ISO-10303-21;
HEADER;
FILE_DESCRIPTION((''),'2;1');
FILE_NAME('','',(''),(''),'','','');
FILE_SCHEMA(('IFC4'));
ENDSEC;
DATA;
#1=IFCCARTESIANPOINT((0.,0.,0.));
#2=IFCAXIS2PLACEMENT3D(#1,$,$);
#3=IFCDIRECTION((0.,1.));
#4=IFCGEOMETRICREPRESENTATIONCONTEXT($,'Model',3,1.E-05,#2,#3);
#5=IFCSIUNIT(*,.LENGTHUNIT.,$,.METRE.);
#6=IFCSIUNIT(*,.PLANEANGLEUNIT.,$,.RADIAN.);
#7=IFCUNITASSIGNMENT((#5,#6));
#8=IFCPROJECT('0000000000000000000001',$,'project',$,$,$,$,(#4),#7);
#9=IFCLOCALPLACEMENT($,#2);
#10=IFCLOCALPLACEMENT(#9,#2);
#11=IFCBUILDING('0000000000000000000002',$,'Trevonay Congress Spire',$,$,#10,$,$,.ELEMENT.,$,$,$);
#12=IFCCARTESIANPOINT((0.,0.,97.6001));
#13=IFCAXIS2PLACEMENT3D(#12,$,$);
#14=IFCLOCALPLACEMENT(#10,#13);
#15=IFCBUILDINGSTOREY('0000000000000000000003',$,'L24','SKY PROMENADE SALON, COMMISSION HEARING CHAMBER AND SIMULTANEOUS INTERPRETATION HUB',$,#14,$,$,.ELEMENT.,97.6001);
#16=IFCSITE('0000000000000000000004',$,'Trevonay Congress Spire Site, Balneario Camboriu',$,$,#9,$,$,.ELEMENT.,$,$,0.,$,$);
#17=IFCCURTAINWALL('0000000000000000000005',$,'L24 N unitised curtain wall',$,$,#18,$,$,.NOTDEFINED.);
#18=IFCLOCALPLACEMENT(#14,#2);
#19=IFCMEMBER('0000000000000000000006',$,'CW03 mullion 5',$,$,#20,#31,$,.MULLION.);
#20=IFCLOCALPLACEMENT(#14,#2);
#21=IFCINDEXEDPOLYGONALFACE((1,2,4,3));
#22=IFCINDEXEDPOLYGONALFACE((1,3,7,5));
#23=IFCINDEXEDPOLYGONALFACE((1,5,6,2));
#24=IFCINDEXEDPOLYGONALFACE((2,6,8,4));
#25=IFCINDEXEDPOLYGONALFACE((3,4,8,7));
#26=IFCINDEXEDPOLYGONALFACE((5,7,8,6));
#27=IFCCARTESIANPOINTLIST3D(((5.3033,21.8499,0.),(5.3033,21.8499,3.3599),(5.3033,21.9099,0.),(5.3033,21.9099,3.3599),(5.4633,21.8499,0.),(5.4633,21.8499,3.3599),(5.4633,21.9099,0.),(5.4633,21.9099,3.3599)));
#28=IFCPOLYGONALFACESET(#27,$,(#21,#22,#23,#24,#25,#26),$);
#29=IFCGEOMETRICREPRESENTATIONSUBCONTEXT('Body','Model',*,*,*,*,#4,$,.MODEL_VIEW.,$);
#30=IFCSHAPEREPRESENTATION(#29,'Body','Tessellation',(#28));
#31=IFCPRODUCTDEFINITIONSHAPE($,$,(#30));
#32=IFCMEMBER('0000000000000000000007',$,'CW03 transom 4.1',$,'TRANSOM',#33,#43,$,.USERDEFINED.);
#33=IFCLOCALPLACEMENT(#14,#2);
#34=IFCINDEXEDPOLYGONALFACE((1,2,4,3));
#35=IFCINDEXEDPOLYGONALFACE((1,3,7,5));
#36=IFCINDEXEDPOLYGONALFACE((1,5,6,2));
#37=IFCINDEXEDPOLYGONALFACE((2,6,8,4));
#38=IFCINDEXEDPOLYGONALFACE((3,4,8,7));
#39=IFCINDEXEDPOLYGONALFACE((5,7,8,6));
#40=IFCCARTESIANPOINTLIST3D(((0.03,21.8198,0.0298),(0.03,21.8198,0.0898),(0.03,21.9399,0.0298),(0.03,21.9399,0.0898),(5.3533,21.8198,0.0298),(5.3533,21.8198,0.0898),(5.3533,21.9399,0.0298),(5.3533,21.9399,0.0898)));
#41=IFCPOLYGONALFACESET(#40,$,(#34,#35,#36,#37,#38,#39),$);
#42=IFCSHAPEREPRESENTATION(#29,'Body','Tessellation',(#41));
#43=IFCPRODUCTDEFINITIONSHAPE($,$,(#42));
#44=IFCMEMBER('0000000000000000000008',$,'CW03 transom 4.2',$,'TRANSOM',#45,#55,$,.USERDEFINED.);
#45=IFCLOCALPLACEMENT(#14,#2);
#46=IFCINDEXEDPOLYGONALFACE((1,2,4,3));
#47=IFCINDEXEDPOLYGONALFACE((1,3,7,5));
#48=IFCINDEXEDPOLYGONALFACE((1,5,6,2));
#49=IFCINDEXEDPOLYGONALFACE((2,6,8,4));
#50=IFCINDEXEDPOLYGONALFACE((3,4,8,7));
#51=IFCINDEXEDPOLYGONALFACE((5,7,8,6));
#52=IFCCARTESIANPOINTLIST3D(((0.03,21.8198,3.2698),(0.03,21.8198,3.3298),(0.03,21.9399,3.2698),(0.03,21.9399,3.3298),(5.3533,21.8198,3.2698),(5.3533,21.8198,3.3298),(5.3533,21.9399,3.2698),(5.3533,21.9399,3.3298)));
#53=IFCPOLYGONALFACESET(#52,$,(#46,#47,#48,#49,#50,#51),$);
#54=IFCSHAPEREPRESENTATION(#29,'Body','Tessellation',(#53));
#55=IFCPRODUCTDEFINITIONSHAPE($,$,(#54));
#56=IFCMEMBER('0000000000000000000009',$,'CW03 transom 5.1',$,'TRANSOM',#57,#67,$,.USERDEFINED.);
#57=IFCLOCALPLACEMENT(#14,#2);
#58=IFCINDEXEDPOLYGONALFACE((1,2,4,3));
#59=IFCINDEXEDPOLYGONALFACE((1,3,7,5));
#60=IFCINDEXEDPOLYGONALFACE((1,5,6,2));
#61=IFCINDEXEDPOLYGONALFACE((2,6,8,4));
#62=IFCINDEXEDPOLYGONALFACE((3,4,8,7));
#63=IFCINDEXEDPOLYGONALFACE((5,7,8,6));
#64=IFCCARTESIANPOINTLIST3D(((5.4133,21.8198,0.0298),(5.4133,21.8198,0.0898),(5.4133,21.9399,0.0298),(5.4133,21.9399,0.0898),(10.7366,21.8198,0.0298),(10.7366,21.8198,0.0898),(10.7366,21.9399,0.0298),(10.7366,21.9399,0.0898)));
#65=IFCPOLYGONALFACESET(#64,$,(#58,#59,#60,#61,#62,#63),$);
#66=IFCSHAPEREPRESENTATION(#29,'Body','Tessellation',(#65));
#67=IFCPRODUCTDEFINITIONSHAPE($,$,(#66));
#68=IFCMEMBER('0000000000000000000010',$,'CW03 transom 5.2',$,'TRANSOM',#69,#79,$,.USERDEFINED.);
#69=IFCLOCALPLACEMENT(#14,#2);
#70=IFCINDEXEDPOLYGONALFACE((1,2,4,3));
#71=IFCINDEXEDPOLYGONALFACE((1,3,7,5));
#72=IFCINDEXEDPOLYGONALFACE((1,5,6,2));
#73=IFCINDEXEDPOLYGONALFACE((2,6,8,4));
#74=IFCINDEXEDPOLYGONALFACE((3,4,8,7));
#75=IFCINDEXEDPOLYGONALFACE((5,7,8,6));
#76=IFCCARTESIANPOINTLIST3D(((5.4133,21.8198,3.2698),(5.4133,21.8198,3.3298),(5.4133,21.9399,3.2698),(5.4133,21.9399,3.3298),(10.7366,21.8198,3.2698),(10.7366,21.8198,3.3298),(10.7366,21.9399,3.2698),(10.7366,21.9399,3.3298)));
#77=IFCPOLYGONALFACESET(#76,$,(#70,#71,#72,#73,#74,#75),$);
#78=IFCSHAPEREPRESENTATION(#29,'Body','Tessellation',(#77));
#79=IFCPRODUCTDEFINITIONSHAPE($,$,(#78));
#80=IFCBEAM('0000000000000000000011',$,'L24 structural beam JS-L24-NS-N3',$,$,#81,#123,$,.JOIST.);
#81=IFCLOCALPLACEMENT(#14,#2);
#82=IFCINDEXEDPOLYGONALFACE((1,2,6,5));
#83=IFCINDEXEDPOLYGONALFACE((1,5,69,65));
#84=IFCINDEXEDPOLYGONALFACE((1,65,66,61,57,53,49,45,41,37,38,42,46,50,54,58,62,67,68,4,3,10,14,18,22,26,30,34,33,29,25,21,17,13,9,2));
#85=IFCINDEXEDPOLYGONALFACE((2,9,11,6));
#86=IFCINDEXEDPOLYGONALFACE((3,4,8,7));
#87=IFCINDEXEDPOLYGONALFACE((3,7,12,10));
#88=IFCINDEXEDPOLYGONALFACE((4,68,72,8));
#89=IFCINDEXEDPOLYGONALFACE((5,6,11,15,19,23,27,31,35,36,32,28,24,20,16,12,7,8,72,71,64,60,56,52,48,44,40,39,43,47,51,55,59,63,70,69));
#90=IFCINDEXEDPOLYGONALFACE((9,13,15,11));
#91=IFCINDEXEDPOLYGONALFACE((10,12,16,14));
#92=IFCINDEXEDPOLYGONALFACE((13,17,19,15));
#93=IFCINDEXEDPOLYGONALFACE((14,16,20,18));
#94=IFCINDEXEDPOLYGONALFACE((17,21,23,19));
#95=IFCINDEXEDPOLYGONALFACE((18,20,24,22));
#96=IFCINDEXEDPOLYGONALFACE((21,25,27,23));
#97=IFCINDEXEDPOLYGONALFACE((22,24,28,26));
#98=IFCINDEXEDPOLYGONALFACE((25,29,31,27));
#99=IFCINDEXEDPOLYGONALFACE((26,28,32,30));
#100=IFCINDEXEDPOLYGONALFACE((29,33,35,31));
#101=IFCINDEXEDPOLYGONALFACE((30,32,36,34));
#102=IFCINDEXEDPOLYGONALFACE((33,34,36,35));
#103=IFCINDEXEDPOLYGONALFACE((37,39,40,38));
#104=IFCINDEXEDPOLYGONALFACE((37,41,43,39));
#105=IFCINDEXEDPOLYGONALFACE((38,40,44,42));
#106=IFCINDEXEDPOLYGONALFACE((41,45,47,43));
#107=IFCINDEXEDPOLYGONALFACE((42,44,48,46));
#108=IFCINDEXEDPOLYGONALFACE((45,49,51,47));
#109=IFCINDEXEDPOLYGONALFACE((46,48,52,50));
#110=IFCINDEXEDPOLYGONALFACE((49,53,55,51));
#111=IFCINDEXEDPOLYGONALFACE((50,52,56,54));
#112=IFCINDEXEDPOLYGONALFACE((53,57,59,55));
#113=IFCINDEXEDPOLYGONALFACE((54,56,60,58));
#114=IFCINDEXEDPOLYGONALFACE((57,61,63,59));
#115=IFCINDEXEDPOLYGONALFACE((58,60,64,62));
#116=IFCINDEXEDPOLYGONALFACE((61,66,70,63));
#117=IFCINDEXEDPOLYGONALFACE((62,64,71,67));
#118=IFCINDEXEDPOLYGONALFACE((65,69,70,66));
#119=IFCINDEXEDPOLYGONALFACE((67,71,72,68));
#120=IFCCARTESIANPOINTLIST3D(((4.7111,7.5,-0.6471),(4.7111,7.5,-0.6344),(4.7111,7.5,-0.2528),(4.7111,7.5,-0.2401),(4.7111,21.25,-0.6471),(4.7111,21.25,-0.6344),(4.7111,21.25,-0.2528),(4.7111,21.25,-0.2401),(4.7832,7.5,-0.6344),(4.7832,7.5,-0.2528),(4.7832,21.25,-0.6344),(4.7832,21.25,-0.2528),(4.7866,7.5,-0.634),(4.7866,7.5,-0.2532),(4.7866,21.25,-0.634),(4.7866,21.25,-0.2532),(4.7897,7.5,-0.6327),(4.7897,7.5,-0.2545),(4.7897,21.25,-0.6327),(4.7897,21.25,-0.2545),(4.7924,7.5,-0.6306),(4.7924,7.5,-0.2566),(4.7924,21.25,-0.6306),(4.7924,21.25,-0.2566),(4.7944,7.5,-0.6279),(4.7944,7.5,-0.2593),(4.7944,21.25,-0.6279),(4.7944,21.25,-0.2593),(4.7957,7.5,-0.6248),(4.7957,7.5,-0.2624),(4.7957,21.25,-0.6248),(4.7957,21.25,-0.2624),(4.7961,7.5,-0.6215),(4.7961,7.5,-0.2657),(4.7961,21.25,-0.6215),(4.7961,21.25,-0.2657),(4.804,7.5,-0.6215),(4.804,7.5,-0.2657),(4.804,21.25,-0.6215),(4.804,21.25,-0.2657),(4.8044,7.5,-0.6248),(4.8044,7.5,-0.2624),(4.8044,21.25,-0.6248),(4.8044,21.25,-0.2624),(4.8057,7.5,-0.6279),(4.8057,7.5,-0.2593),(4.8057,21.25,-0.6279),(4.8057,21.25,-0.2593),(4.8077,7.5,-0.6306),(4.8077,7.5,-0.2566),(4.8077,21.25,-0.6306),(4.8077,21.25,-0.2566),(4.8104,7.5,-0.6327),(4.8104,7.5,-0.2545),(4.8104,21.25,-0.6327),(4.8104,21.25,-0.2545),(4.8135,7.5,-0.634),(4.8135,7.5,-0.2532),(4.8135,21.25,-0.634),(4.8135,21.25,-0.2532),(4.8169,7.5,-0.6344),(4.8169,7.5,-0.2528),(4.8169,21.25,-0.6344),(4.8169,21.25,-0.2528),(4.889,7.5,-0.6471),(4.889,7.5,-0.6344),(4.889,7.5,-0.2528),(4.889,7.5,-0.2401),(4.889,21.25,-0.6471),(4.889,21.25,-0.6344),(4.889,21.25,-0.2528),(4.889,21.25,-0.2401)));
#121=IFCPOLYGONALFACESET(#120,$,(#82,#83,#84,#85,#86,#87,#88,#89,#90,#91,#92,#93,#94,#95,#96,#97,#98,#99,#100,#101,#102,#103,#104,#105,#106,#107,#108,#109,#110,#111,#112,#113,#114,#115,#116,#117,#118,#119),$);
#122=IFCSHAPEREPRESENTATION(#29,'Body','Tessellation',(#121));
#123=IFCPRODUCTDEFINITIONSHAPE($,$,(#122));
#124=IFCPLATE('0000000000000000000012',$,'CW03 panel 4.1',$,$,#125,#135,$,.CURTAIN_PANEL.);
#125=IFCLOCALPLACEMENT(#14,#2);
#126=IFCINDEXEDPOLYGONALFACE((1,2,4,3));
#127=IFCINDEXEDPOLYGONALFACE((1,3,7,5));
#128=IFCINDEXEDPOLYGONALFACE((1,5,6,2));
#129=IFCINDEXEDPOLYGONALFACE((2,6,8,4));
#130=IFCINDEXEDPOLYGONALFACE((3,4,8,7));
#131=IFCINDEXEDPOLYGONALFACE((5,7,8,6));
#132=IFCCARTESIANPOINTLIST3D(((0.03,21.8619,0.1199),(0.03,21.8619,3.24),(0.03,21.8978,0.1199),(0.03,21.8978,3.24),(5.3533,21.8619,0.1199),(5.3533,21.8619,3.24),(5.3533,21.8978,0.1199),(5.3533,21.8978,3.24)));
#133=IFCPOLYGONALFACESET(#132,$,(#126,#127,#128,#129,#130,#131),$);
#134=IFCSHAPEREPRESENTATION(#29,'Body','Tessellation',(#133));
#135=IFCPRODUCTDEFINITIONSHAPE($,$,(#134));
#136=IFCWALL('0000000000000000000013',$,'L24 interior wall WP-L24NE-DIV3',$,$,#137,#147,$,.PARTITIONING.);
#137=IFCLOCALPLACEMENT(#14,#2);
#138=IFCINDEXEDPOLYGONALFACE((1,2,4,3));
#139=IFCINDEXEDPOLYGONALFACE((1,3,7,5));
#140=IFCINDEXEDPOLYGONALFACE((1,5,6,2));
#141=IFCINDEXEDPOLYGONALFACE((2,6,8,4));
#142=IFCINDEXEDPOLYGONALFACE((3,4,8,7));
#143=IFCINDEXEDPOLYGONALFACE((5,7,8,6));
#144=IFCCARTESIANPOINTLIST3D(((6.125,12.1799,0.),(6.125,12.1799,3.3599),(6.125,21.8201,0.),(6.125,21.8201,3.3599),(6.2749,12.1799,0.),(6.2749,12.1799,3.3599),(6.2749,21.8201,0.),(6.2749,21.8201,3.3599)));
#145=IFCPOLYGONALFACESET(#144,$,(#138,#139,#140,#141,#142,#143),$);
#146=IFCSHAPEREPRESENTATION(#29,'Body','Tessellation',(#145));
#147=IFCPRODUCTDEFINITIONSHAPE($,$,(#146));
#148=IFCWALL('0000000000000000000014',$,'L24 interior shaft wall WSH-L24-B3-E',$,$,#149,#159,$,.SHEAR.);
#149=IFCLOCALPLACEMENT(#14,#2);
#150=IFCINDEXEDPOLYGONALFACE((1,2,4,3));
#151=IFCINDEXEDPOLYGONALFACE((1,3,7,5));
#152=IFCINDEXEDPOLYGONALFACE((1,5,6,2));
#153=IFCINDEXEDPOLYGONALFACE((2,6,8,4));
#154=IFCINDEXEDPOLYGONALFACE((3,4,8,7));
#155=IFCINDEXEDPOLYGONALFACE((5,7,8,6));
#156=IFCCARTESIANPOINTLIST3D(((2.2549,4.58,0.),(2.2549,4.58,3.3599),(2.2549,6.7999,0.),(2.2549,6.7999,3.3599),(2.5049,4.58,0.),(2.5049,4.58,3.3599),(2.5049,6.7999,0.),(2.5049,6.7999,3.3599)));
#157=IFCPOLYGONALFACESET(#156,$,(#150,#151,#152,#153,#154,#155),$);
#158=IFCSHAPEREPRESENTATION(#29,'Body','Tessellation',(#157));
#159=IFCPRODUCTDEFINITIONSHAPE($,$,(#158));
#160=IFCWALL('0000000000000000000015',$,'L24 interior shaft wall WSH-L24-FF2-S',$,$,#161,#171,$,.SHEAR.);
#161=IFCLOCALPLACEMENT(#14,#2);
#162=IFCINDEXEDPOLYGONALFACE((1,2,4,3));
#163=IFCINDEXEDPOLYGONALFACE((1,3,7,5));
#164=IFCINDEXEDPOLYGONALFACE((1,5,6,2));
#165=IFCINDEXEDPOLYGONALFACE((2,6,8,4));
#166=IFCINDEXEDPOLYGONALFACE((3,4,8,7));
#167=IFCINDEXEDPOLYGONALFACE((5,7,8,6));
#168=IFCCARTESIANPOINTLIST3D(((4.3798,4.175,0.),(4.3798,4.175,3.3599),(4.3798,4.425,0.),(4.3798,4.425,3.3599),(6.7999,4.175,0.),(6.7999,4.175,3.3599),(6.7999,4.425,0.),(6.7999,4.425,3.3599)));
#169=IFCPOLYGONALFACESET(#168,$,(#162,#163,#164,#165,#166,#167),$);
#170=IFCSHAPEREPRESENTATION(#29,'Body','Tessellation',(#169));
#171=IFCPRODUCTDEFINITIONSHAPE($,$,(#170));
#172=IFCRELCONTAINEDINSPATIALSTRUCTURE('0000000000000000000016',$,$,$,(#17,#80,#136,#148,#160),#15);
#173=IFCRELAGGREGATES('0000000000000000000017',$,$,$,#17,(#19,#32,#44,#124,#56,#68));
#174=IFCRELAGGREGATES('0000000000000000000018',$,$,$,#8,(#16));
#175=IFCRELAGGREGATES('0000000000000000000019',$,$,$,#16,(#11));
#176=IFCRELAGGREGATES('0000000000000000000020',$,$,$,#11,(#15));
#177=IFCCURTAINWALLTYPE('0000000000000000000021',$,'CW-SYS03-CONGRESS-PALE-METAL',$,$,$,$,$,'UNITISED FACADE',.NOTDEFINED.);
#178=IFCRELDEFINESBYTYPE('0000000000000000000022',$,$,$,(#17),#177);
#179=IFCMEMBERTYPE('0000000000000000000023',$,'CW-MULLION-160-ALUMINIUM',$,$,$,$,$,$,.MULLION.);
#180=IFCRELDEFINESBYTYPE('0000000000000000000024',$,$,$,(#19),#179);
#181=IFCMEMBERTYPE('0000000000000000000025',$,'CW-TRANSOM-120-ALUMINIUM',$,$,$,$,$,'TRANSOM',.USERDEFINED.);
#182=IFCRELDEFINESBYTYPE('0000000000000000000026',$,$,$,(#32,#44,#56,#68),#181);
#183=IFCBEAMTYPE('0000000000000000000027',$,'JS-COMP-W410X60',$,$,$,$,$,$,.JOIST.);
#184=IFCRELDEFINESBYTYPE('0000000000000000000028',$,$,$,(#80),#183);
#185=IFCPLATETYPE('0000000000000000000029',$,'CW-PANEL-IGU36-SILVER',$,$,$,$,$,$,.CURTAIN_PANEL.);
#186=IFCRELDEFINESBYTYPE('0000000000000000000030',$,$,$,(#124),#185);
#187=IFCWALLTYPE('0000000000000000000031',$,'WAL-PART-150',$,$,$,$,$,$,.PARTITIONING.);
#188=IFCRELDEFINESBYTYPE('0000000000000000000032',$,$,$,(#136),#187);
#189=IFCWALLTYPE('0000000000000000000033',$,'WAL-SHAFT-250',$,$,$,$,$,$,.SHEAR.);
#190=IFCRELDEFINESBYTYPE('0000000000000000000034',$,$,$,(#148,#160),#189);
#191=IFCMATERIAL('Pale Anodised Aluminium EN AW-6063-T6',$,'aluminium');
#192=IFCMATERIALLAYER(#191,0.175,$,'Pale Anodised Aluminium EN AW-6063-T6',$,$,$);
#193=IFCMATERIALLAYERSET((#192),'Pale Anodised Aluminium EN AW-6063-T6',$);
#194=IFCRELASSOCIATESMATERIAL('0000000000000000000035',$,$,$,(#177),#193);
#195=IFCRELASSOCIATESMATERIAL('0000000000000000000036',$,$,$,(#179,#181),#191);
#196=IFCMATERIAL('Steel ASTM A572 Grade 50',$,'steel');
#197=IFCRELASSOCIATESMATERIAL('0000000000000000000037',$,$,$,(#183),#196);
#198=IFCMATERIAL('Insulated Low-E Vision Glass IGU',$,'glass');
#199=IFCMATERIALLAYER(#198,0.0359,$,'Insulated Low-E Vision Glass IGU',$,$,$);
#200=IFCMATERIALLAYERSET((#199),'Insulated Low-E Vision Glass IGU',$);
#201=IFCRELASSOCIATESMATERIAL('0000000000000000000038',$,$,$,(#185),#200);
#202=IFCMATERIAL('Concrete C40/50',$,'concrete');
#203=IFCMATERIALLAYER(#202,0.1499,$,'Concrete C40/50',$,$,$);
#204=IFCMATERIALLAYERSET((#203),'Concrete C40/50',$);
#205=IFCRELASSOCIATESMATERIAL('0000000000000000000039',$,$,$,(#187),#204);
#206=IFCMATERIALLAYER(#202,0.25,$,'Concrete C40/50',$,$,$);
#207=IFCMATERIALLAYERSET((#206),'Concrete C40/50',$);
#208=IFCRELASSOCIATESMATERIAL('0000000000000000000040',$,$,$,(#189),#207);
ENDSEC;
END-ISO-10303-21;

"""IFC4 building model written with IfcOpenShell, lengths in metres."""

from ifc_helpers import new_model, si_unit, direction, frame, frame_2d, origin, origin_2d, place, context, subcontext, project, spatial, rectangle, i_section, extrude, material, layer, layer_set, material_profile, profile_set, type_object, element, aggregate, save


model = new_model("IFC4")

# Units and contexts
model_context = context("Model", 3, precision=1e-05, world=origin(), true_north=direction((0.0, 1.0)))
body_context = subcontext(model_context, "Body", "Model", "MODEL_VIEW")
ifc_project = project(units=[si_unit("LENGTHUNIT", "METRE"), si_unit("PLANEANGLEUNIT", "RADIAN")], contexts=[model_context])

# Site, building, storey
site_placement = place(None, origin())
site = spatial("IfcSite", under=ifc_project, at=site_placement, Name="Trevonay Congress Spire Site, Balneario Camboriu", CompositionType="ELEMENT", RefElevation=0.0)
building_placement = place(site_placement, origin())
building = spatial("IfcBuilding", under=site, at=building_placement, Name="Trevonay Congress Spire", CompositionType="ELEMENT")
storey_placement = place(building_placement, frame((0.0, 0.0, 97.6001)))
storey = spatial("IfcBuildingStorey", under=building, at=storey_placement, Name="L24", Description="SKY PROMENADE SALON, COMMISSION HEARING CHAMBER AND SIMULTANEOUS INTERPRETATION HUB", CompositionType="ELEMENT", Elevation=97.6001)

# Shared definitions
ifc_material_1 = material(Name="Steel ASTM A572 Grade 50", Category="steel")

# Curtain wall, members
ifc_material_2 = material(Name="Pale Anodised Aluminium EN AW-6063-T6", Category="aluminium")
ifc_layer_1 = layer(ifc_material_2, 0.175, Name="Pale Anodised Aluminium EN AW-6063-T6")
ifc_layer_set_1 = layer_set([ifc_layer_1], Name="Pale Anodised Aluminium EN AW-6063-T6")
curtain_wall_type = type_object("IfcCurtainWallType", Name="CW-SYS03-CONGRESS-PALE-METAL", ElementType="UNITISED FACADE", PredefinedType="NOTDEFINED", material=ifc_layer_set_1)
curtain_wall_placement = place(storey_placement, origin())
curtain_wall = element("IfcCurtainWall", 1, at=curtain_wall_placement, inside=storey, type_object=curtain_wall_type, Name="L24 N unitised curtain wall", PredefinedType="NOTDEFINED")
ifc_material_profile_1 = material_profile(ifc_material_2, rectangle(XDim=0.0601, YDim=0.1599, at=origin_2d()), Name="CW-MULLION-160-ALUMINIUM")
ifc_profile_set_1 = profile_set([ifc_material_profile_1], Name="Pale Anodised Aluminium EN AW-6063-T6")
member_type_1 = type_object("IfcMemberType", Name="CW-MULLION-160-ALUMINIUM", PredefinedType="MULLION", material=ifc_profile_set_1)
member_1_placement = place(storey_placement, frame((5.3833, 21.8799, 0.0), z_axis=(0.0, 0.0, 1.0), x_axis=(0.0, 1.0, 0.0)))
member_1 = element("IfcMember", 2, at=member_1_placement, type_object=member_type_1, Name="CW03 mullion 5", PredefinedType="MULLION", context=body_context, shape_type="SweptSolid", body=[
    extrude(rectangle(XDim=0.0601, YDim=0.1599, at=origin_2d()), origin(), (0.0, 0.0, 1.0), 3.3599),
])
ifc_material_profile_2 = material_profile(ifc_material_2, rectangle(XDim=0.1201, YDim=0.0601, at=origin_2d()), Name="CW-TRANSOM-120-ALUMINIUM")
ifc_profile_set_2 = profile_set([ifc_material_profile_2], Name="Pale Anodised Aluminium EN AW-6063-T6")
member_type_2 = type_object("IfcMemberType", Name="CW-TRANSOM-120-ALUMINIUM", ElementType="TRANSOM", PredefinedType="USERDEFINED", material=ifc_profile_set_2)
member_2_placement = place(storey_placement, frame((0.03, 21.8799, 0.0598), z_axis=(1.0, 0.0, 0.0), x_axis=(0.0, 1.0, 0.0)))
member_2 = element("IfcMember", 3, at=member_2_placement, type_object=member_type_2, Name="CW03 transom 4.1", ObjectType="TRANSOM", PredefinedType="USERDEFINED", context=body_context, shape_type="SweptSolid", body=[
    extrude(rectangle(XDim=0.1201, YDim=0.0601, at=origin_2d()), origin(), (0.0, 0.0, 1.0), 5.3232),
])
member_3_placement = place(storey_placement, frame((0.03, 21.8799, 3.2998), z_axis=(1.0, 0.0, 0.0), x_axis=(0.0, 1.0, 0.0)))
member_3 = element("IfcMember", 4, at=member_3_placement, type_object=member_type_2, Name="CW03 transom 4.2", ObjectType="TRANSOM", PredefinedType="USERDEFINED", context=body_context, shape_type="SweptSolid", body=[
    extrude(rectangle(XDim=0.1201, YDim=0.0601, at=origin_2d()), origin(), (0.0, 0.0, 1.0), 5.3232),
])
member_4_placement = place(storey_placement, frame((5.4133, 21.8799, 0.0598), z_axis=(1.0, 0.0, 0.0), x_axis=(0.0, 1.0, 0.0)))
member_4 = element("IfcMember", 5, at=member_4_placement, type_object=member_type_2, Name="CW03 transom 5.1", ObjectType="TRANSOM", PredefinedType="USERDEFINED", context=body_context, shape_type="SweptSolid", body=[
    extrude(rectangle(XDim=0.1201, YDim=0.0601, at=origin_2d()), origin(), (0.0, 0.0, 1.0), 5.3232),
])
member_5_placement = place(storey_placement, frame((5.4133, 21.8799, 3.2998), z_axis=(1.0, 0.0, 0.0), x_axis=(0.0, 1.0, 0.0)))
member_5 = element("IfcMember", 6, at=member_5_placement, type_object=member_type_2, Name="CW03 transom 5.2", ObjectType="TRANSOM", PredefinedType="USERDEFINED", context=body_context, shape_type="SweptSolid", body=[
    extrude(rectangle(XDim=0.1201, YDim=0.0601, at=origin_2d()), origin(), (0.0, 0.0, 1.0), 5.3232),
])

# Beam
ifc_material_profile_3 = material_profile(ifc_material_1, i_section(OverallWidth=0.178, OverallDepth=0.407, WebThickness=0.0078, FlangeThickness=0.0127, FilletRadius=0.0129, at=origin_2d()), Name="W410x60")
ifc_profile_set_3 = profile_set([ifc_material_profile_3], Name="Steel ASTM A572 Grade 50")
beam_type_1 = type_object("IfcBeamType", Name="JS-COMP-W410X60", PredefinedType="JOIST", material=ifc_profile_set_3)
beam_1_placement = place(storey_placement, frame((4.8, 7.5, -0.4436), z_axis=(0.0, 1.0, 0.0), x_axis=(-1.0, 0.0, 0.0)))
element("IfcBeam", 7, at=beam_1_placement, inside=storey, type_object=beam_type_1, Name="L24 structural beam JS-L24-NS-N3", PredefinedType="JOIST", context=body_context, shape_type="SweptSolid", body=[
    extrude(i_section(OverallWidth=0.178, OverallDepth=0.407, WebThickness=0.0078, FlangeThickness=0.0127, FilletRadius=0.0129, at=origin_2d()), origin(), (0.0, 0.0, 1.0), 13.75),
])

# Plate
ifc_material_3 = material(Name="Insulated Low-E Vision Glass IGU", Category="glass")
ifc_layer_2 = layer(ifc_material_3, 0.0359, Name="Insulated Low-E Vision Glass IGU")
ifc_layer_set_2 = layer_set([ifc_layer_2], Name="Insulated Low-E Vision Glass IGU")
plate_type = type_object("IfcPlateType", Name="CW-PANEL-IGU36-SILVER", PredefinedType="CURTAIN_PANEL", material=ifc_layer_set_2)
plate_placement = place(storey_placement, frame((2.6917, 21.8799, 0.1199), z_axis=(0.0, 0.0, 1.0), x_axis=(1.0, 0.0, 0.0)))
plate = element("IfcPlate", 8, at=plate_placement, type_object=plate_type, Name="CW03 panel 4.1", PredefinedType="CURTAIN_PANEL", context=body_context, shape_type="SweptSolid", body=[
    extrude(rectangle(XDim=5.3232, YDim=0.0359, at=origin_2d()), origin(), (0.0, 0.0, 1.0), 3.1201),
])
aggregate(curtain_wall, [member_1, member_2, member_3, plate, member_4, member_5])

# Walls
ifc_material_4 = material(Name="Concrete C40/50", Category="concrete")
ifc_layer_3 = layer(ifc_material_4, 0.1499, Name="Concrete C40/50")
ifc_layer_set_3 = layer_set([ifc_layer_3], Name="Concrete C40/50")
wall_type_1 = type_object("IfcWallType", Name="WAL-PART-150", PredefinedType="PARTITIONING", material=ifc_layer_set_3)
wall_1_placement = place(storey_placement, frame((6.2, 12.1799, 0.0), z_axis=(0.0, 0.0, 1.0), x_axis=(0.0, 1.0, 0.0)))
element("IfcWall", 9, at=wall_1_placement, inside=storey, type_object=wall_type_1, Name="L24 interior wall WP-L24NE-DIV3", PredefinedType="PARTITIONING", context=body_context, shape_type="SweptSolid", body=[
    extrude(rectangle(XDim=9.6401, YDim=0.1499, at=frame_2d((4.8201, 0.0))), origin(), (0.0, 0.0, 1.0), 3.3599),
])
ifc_layer_4 = layer(ifc_material_4, 0.25, Name="Concrete C40/50")
ifc_layer_set_4 = layer_set([ifc_layer_4], Name="Concrete C40/50")
wall_type_2 = type_object("IfcWallType", Name="WAL-SHAFT-250", PredefinedType="SHEAR", material=ifc_layer_set_4)
wall_2_placement = place(storey_placement, frame((2.3799, 4.5801, 0.0), z_axis=(0.0, 0.0, 1.0), x_axis=(0.0, 1.0, 0.0)))
element("IfcWall", 10, at=wall_2_placement, inside=storey, type_object=wall_type_2, Name="L24 interior shaft wall WSH-L24-B3-E", PredefinedType="SHEAR", context=body_context, shape_type="SweptSolid", body=[
    extrude(rectangle(XDim=2.22, YDim=0.25, at=frame_2d((1.1099, 0.0))), origin(), (0.0, 0.0, 1.0), 3.3599),
])
wall_3_placement = place(storey_placement, frame((4.3799, 4.3, 0.0), z_axis=(0.0, 0.0, 1.0), x_axis=(1.0, 0.0, 0.0)))
element("IfcWall", 11, at=wall_3_placement, inside=storey, type_object=wall_type_2, Name="L24 interior shaft wall WSH-L24-FF2-S", PredefinedType="SHEAR", context=body_context, shape_type="SweptSolid", body=[
    extrude(rectangle(XDim=2.4202, YDim=0.25, at=frame_2d((1.21, 0.0))), origin(), (0.0, 0.0, 1.0), 3.3599),
])

save(model, "model.ifc")
